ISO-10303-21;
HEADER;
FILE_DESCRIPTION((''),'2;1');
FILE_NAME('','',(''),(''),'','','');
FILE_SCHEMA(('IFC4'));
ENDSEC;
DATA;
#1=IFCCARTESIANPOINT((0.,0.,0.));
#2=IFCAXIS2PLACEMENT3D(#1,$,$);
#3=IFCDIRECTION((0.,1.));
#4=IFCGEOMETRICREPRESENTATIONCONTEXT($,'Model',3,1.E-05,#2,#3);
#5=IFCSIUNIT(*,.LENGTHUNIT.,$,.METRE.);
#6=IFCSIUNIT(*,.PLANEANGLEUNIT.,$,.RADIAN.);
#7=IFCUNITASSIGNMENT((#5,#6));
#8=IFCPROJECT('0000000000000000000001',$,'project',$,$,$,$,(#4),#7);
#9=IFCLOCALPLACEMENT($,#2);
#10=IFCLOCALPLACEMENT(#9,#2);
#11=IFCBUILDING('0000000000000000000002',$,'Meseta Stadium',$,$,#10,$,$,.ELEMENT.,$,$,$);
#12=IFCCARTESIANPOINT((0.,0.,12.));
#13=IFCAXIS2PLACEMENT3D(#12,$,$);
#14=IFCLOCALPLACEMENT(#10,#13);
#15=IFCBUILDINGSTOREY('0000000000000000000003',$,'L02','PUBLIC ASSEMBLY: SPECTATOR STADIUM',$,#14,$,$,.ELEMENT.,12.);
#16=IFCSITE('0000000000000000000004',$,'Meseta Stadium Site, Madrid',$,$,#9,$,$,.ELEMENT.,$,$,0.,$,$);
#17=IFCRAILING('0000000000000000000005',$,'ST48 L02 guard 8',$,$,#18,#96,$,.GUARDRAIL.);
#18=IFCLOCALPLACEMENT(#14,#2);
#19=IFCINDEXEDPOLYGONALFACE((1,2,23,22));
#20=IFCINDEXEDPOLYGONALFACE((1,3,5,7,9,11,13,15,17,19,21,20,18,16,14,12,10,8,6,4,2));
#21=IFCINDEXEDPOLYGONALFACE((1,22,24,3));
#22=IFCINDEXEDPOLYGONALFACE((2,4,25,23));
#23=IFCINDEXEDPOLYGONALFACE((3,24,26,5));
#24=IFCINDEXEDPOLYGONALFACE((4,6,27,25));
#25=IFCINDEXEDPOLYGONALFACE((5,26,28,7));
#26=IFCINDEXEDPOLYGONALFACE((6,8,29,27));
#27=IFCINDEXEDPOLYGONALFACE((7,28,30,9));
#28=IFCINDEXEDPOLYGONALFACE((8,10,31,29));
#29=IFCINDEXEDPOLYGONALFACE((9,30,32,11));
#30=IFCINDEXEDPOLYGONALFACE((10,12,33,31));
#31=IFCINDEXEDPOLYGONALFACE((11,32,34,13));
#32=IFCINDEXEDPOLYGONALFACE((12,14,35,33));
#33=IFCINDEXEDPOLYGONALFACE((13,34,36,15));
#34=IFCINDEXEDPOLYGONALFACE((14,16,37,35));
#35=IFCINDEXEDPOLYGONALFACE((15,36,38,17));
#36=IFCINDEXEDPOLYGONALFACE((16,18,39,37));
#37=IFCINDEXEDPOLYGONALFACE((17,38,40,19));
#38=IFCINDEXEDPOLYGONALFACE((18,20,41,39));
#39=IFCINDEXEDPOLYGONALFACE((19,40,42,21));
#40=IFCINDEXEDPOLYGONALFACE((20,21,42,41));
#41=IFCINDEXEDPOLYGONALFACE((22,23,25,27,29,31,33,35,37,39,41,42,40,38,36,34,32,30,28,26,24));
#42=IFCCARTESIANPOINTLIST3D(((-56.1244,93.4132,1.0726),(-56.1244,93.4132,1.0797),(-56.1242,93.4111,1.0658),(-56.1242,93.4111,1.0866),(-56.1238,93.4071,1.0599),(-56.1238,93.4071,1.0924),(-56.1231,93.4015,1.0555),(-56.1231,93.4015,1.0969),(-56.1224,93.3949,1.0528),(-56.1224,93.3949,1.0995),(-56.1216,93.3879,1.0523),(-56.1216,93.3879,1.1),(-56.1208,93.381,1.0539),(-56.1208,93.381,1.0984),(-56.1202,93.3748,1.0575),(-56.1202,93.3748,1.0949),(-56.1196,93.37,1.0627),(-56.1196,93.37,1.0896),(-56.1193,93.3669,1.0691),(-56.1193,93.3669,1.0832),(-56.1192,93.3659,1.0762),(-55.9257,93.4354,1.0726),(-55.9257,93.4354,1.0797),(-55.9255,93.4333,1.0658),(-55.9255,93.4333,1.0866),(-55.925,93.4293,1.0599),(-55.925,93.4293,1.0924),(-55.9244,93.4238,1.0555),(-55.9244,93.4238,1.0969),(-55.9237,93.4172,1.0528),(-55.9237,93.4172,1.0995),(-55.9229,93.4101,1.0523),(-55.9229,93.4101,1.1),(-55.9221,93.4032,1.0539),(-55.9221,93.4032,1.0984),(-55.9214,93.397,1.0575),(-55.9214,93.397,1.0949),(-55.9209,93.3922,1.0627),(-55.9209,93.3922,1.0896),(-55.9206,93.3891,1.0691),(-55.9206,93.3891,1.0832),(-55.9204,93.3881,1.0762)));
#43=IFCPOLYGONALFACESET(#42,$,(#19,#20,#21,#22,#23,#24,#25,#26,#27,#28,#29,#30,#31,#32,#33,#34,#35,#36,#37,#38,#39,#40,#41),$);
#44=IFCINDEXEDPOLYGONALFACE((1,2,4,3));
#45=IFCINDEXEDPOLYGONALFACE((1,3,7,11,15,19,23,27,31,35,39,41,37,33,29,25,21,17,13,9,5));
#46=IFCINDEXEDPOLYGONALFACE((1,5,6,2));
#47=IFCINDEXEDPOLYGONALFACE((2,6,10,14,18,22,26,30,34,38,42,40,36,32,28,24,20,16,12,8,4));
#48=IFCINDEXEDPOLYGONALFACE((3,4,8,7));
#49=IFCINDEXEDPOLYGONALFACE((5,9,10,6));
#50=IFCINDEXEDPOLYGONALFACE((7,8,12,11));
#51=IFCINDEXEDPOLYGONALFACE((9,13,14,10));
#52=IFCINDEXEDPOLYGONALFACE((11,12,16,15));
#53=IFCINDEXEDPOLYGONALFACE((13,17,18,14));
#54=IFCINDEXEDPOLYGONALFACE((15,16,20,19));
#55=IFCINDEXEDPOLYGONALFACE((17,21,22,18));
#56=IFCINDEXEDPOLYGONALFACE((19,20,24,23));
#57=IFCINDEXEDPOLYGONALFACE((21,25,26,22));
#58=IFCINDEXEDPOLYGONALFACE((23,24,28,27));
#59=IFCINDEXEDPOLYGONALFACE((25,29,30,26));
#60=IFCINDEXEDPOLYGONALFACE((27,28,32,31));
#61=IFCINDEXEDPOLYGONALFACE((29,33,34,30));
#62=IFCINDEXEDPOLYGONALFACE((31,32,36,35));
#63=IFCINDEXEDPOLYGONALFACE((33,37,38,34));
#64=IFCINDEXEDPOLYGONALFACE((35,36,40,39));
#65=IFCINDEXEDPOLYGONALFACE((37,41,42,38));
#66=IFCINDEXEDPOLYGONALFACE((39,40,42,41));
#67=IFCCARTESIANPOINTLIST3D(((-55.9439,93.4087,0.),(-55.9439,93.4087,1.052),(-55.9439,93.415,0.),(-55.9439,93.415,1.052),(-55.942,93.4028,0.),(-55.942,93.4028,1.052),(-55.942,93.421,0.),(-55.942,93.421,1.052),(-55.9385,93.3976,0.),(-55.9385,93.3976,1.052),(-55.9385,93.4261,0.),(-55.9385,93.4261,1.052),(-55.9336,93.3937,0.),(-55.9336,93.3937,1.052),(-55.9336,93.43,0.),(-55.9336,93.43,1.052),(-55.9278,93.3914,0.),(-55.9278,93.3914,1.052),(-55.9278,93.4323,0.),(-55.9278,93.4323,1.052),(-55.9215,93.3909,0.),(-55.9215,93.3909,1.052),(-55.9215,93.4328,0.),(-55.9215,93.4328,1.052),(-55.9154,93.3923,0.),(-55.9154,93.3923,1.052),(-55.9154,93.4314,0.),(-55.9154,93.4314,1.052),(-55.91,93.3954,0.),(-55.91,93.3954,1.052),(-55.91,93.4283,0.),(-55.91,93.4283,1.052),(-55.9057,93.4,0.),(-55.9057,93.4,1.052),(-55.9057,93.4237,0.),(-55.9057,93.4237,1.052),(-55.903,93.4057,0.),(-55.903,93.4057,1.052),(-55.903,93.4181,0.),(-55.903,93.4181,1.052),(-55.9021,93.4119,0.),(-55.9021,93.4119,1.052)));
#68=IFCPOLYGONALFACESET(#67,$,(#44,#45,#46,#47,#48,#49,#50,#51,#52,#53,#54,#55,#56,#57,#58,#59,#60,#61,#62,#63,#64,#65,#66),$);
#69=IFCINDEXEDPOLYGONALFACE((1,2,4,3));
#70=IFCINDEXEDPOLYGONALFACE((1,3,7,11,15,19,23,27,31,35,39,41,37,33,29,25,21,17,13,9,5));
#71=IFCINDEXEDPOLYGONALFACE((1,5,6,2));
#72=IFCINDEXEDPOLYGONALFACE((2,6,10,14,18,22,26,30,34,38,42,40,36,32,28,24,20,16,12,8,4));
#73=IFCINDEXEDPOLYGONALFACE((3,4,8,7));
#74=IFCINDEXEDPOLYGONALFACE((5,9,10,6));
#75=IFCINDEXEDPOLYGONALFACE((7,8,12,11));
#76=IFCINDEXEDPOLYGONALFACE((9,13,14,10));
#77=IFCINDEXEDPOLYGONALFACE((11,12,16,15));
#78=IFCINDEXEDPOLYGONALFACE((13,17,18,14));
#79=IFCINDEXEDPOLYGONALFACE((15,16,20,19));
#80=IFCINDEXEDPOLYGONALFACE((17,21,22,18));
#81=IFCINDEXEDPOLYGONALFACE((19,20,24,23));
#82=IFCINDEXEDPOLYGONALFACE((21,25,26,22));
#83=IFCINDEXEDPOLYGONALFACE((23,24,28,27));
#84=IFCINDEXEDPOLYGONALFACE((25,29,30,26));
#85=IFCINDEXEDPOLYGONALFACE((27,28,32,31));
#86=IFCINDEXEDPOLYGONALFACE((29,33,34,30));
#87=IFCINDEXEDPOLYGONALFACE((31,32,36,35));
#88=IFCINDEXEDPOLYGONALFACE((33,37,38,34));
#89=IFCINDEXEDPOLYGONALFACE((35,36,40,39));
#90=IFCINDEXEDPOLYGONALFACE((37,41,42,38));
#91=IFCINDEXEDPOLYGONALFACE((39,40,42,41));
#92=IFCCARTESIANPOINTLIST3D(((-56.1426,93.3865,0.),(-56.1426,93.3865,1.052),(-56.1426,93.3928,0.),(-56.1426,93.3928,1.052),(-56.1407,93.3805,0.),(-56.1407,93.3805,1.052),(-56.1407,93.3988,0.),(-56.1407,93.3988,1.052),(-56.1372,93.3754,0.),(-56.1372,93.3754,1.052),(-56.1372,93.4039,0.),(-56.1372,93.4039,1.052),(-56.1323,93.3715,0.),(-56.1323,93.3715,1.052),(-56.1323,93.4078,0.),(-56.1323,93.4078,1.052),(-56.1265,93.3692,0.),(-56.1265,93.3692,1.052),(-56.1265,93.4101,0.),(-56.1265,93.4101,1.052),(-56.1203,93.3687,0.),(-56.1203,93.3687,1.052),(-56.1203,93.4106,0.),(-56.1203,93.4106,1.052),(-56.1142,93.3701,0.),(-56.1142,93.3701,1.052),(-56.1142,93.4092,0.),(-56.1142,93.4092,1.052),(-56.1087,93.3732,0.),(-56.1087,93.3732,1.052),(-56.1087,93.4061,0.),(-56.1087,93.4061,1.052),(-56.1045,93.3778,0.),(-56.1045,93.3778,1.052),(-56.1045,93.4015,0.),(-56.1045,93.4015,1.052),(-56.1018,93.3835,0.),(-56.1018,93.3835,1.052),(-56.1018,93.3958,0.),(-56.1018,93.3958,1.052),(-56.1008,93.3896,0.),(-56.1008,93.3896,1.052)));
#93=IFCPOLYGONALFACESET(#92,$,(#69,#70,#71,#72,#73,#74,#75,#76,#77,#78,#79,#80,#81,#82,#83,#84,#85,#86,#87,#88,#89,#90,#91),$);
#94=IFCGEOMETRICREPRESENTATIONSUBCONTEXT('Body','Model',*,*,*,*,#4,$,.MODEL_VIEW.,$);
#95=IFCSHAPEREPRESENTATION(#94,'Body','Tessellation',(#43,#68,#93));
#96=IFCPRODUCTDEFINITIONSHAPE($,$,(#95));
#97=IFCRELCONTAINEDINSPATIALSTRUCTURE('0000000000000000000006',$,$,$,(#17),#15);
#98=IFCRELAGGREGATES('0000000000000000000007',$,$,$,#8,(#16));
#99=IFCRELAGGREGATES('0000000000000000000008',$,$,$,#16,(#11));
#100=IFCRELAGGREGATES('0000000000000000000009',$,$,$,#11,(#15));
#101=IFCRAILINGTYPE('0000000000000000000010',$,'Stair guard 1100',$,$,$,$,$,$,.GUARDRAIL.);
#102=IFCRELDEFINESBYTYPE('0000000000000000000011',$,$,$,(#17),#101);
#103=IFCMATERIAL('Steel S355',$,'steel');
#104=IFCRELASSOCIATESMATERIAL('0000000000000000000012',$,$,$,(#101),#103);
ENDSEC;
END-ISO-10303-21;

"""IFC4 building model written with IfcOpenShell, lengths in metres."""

from ifc_helpers import new_model, si_unit, direction, frame, origin, origin_2d, place, context, subcontext, project, spatial, circle, extrude, material, type_object, element, save


model = new_model("IFC4")

# Units and contexts
model_context = context("Model", 3, precision=1e-05, world=origin(), true_north=direction((0.0, 1.0)))
body_context = subcontext(model_context, "Body", "Model", "MODEL_VIEW")
ifc_project = project(units=[si_unit("LENGTHUNIT", "METRE"), si_unit("PLANEANGLEUNIT", "RADIAN")], contexts=[model_context])

# Site, building, storey
site_placement = place(None, origin())
site = spatial("IfcSite", under=ifc_project, at=site_placement, Name="Meseta Stadium Site, Madrid", CompositionType="ELEMENT", RefElevation=0.0)
building_placement = place(site_placement, origin())
building = spatial("IfcBuilding", under=site, at=building_placement, Name="Meseta Stadium", CompositionType="ELEMENT")
storey_placement = place(building_placement, frame((0.0, 0.0, 12.0)))
storey = spatial("IfcBuildingStorey", under=building, at=storey_placement, Name="L02", Description="PUBLIC ASSEMBLY: SPECTATOR STADIUM", CompositionType="ELEMENT", Elevation=12.0)

# Railing
ifc_material_1 = material(Name="Steel S355", Category="steel")
railing_type_1 = type_object("IfcRailingType", Name="Stair guard 1100", PredefinedType="GUARDRAIL", material=ifc_material_1)
railing_1_placement = place(storey_placement, frame((-55.9231, 93.4119, 0.0)))
element("IfcRailing", 1, at=railing_1_placement, inside=storey, type_object=railing_type_1, Name="ST48 L02 guard 8", PredefinedType="GUARDRAIL", context=body_context, shape_type="SweptSolid", body=[
    extrude(circle(Radius=0.0239, at=origin_2d()), frame((0.0, 0.0, 1.0762), z_axis=(-0.993809, -0.111102, 0.0), x_axis=(0.111102, -0.993809, 0.0)), (0.0, 0.0, 1.0), 0.2),
    extrude(circle(Radius=0.021, at=origin_2d()), origin(), (0.0, 0.0, 1.0), 1.052),
    extrude(circle(Radius=0.021, at=origin_2d()), frame((-0.1987, -0.0222, 0.0)), (0.0, 0.0, 1.0), 1.052),
])

save(model, "model.ifc")
